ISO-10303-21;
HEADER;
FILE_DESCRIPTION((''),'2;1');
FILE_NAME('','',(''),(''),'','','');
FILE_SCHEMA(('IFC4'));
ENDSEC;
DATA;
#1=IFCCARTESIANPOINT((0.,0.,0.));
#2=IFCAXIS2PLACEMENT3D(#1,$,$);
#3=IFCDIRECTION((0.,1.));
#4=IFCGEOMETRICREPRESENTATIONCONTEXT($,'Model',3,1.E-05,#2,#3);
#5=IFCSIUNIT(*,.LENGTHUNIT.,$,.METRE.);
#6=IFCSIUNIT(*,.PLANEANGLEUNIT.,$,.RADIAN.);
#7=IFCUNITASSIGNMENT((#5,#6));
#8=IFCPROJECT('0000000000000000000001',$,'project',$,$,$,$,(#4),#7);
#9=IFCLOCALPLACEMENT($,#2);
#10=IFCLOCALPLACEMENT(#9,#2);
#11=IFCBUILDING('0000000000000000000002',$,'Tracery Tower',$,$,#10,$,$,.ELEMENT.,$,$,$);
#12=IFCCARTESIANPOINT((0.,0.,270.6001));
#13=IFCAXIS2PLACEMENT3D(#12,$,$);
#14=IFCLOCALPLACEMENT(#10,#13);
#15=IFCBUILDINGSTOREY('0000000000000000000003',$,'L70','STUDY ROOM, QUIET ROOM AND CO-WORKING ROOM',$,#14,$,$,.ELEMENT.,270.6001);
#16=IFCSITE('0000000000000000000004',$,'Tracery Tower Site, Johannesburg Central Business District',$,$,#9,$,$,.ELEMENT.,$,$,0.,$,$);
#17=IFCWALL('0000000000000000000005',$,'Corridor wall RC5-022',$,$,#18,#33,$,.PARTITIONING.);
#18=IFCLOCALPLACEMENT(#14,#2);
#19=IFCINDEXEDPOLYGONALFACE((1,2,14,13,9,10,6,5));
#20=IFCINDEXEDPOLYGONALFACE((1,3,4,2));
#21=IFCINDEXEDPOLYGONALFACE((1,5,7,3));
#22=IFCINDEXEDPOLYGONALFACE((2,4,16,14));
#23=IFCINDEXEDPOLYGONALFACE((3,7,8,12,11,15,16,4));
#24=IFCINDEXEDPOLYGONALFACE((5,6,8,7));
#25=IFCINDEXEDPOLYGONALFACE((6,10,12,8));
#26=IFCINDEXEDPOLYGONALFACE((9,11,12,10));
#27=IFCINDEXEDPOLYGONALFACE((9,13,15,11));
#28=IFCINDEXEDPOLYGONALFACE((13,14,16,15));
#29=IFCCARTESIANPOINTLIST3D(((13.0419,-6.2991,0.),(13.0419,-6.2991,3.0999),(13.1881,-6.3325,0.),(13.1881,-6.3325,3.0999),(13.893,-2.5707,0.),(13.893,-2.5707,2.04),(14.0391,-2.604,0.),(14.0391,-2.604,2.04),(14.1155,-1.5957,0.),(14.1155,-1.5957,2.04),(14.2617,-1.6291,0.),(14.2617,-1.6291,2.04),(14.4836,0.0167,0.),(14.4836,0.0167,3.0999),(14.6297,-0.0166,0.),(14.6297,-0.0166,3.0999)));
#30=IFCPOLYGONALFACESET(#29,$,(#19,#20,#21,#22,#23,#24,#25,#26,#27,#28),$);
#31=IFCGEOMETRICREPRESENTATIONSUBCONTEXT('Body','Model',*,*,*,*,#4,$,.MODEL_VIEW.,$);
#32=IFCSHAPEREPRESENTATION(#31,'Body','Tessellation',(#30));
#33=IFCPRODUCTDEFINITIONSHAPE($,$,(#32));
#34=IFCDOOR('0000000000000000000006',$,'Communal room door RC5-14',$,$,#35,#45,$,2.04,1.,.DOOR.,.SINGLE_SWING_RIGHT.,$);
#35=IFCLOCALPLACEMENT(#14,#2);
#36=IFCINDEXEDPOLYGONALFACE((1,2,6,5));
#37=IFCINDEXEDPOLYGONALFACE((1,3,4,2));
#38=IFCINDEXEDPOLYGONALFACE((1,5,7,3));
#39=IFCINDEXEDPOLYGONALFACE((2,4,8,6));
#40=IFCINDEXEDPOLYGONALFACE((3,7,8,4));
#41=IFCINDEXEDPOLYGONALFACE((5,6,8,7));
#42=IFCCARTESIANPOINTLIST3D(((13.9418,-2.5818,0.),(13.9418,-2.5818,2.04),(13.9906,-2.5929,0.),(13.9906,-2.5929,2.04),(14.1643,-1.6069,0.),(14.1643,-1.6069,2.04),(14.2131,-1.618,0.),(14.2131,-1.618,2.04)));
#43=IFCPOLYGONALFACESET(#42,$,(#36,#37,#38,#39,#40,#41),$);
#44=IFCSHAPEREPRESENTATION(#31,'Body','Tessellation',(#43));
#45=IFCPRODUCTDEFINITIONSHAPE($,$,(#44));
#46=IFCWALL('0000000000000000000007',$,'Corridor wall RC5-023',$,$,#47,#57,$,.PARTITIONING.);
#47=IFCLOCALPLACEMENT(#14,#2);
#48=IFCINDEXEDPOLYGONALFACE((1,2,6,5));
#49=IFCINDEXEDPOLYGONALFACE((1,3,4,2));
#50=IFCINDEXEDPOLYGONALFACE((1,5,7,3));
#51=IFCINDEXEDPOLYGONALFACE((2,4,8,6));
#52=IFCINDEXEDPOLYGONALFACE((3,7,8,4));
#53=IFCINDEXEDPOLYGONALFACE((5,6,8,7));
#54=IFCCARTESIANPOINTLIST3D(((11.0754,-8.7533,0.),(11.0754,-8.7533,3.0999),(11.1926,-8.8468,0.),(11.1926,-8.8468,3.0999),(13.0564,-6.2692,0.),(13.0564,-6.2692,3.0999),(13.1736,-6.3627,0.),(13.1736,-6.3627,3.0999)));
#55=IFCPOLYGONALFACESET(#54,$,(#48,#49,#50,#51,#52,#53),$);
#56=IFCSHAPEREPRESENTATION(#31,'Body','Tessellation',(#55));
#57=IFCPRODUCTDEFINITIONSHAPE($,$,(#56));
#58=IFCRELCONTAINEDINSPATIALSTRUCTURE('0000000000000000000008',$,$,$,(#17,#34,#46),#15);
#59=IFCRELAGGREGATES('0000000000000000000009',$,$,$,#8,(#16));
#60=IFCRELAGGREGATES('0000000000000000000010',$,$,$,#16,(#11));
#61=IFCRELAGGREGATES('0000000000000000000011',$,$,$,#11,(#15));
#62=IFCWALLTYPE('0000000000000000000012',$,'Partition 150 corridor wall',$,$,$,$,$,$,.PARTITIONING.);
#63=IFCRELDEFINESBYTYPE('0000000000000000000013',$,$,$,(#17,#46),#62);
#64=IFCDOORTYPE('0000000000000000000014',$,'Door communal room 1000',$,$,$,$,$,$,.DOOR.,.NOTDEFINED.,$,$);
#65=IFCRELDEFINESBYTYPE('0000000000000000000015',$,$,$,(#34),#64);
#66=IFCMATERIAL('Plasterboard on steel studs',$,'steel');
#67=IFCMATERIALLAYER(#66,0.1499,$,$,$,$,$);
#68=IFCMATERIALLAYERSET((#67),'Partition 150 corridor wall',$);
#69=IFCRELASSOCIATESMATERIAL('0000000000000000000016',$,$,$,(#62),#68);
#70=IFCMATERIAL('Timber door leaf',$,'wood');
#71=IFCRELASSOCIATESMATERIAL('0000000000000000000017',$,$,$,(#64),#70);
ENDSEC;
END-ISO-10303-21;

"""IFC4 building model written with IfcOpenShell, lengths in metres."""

from ifc_helpers import new_model, si_unit, direction, frame, frame_2d, origin, place, context, subcontext, project, spatial, rectangle, extrude, material, layer, layer_set, type_object, element, fill, save


model = new_model("IFC4")

# Units and contexts
model_context = context("Model", 3, precision=1e-05, world=origin(), true_north=direction((0.0, 1.0)))
body_context = subcontext(model_context, "Body", "Model", "MODEL_VIEW")
ifc_project = project(units=[si_unit("LENGTHUNIT", "METRE"), si_unit("PLANEANGLEUNIT", "RADIAN")], contexts=[model_context])

# Site, building, storey
site_placement = place(None, origin())
site = spatial("IfcSite", under=ifc_project, at=site_placement, Name="Tracery Tower Site, Johannesburg Central Business District", CompositionType="ELEMENT", RefElevation=0.0)
building_placement = place(site_placement, origin())
building = spatial("IfcBuilding", under=site, at=building_placement, Name="Tracery Tower", CompositionType="ELEMENT")
storey_placement = place(building_placement, frame((0.0, 0.0, 270.6001)))
storey = spatial("IfcBuildingStorey", under=building, at=storey_placement, Name="L70", Description="STUDY ROOM, QUIET ROOM AND CO-WORKING ROOM", CompositionType="ELEMENT", Elevation=270.6001)

# Shared definitions
ifc_material_1 = material(Name="Plasterboard on steel studs", Category="steel")
ifc_layer_1 = layer(ifc_material_1, 0.1499)
ifc_layer_set_1 = layer_set([ifc_layer_1], Name="Partition 150 corridor wall")
wall_type_1 = type_object("IfcWallType", Name="Partition 150 corridor wall", PredefinedType="PARTITIONING", material=ifc_layer_set_1)

# Wall, opening, door
wall_1_placement = place(storey_placement, frame((13.115, -6.3159, 0.0), z_axis=(0.0, 0.0, 1.0), x_axis=(0.222533, 0.974925, 0.0)))
wall_1 = element("IfcWall", 1, at=wall_1_placement, inside=storey, type_object=wall_type_1, Name="Corridor wall RC5-022", PredefinedType="PARTITIONING", context=body_context, shape_type="SweptSolid", body=[
    extrude(rectangle(XDim=6.4783, YDim=0.1499, at=frame_2d((3.2393, 0.0))), origin(), (0.0, 0.0, 1.0), 3.0999),
])
opening_1_placement = place(wall_1_placement, frame((3.8245, 0.0, 0.0)))
opening_1 = element("IfcOpeningElement", 2, at=opening_1_placement, cuts=wall_1, PredefinedType="OPENING", context=body_context, shape_type="SweptSolid", body=[
    extrude(rectangle(XDim=1.0, YDim=2.04, at=frame_2d((0.5, 1.02))), frame((0.0, 0.075, 0.0), z_axis=(0.0, -1.0, 0.0), x_axis=(1.0, 0.0, 0.0)), (0.0, 0.0, 1.0), 0.1499),
])
ifc_material_2 = material(Name="Timber door leaf", Category="wood")
door_type_1 = type_object("IfcDoorType", Name="Door communal room 1000", OperationType="NOTDEFINED", PredefinedType="DOOR", material=ifc_material_2)
door_1_placement = place(opening_1_placement, origin())
door_1 = element("IfcDoor", 3, at=door_1_placement, inside=storey, type_object=door_type_1, Name="Communal room door RC5-14", OperationType="SINGLE_SWING_RIGHT", OverallHeight=2.04, OverallWidth=1.0, PredefinedType="DOOR", context=body_context, shape_type="SweptSolid", body=[
    extrude(rectangle(XDim=1.0, YDim=2.04, at=frame_2d((0.5, 1.02))), frame((0.0, 0.0249, 0.0), z_axis=(0.0, -1.0, 0.0), x_axis=(1.0, 0.0, 0.0)), (0.0, 0.0, 1.0), 0.05),
])
fill(opening_1, door_1)

# Wall
wall_2_placement = place(storey_placement, frame((11.134, -8.8, 0.0), z_axis=(0.0, 0.0, 1.0), x_axis=(0.623476, 0.781842, 0.0)))
element("IfcWall", 4, at=wall_2_placement, inside=storey, type_object=wall_type_1, Name="Corridor wall RC5-023", PredefinedType="PARTITIONING", context=body_context, shape_type="SweptSolid", body=[
    extrude(rectangle(XDim=3.1772, YDim=0.1499, at=frame_2d((1.5886, 0.0))), origin(), (0.0, 0.0, 1.0), 3.0999),
])

save(model, "model.ifc")
